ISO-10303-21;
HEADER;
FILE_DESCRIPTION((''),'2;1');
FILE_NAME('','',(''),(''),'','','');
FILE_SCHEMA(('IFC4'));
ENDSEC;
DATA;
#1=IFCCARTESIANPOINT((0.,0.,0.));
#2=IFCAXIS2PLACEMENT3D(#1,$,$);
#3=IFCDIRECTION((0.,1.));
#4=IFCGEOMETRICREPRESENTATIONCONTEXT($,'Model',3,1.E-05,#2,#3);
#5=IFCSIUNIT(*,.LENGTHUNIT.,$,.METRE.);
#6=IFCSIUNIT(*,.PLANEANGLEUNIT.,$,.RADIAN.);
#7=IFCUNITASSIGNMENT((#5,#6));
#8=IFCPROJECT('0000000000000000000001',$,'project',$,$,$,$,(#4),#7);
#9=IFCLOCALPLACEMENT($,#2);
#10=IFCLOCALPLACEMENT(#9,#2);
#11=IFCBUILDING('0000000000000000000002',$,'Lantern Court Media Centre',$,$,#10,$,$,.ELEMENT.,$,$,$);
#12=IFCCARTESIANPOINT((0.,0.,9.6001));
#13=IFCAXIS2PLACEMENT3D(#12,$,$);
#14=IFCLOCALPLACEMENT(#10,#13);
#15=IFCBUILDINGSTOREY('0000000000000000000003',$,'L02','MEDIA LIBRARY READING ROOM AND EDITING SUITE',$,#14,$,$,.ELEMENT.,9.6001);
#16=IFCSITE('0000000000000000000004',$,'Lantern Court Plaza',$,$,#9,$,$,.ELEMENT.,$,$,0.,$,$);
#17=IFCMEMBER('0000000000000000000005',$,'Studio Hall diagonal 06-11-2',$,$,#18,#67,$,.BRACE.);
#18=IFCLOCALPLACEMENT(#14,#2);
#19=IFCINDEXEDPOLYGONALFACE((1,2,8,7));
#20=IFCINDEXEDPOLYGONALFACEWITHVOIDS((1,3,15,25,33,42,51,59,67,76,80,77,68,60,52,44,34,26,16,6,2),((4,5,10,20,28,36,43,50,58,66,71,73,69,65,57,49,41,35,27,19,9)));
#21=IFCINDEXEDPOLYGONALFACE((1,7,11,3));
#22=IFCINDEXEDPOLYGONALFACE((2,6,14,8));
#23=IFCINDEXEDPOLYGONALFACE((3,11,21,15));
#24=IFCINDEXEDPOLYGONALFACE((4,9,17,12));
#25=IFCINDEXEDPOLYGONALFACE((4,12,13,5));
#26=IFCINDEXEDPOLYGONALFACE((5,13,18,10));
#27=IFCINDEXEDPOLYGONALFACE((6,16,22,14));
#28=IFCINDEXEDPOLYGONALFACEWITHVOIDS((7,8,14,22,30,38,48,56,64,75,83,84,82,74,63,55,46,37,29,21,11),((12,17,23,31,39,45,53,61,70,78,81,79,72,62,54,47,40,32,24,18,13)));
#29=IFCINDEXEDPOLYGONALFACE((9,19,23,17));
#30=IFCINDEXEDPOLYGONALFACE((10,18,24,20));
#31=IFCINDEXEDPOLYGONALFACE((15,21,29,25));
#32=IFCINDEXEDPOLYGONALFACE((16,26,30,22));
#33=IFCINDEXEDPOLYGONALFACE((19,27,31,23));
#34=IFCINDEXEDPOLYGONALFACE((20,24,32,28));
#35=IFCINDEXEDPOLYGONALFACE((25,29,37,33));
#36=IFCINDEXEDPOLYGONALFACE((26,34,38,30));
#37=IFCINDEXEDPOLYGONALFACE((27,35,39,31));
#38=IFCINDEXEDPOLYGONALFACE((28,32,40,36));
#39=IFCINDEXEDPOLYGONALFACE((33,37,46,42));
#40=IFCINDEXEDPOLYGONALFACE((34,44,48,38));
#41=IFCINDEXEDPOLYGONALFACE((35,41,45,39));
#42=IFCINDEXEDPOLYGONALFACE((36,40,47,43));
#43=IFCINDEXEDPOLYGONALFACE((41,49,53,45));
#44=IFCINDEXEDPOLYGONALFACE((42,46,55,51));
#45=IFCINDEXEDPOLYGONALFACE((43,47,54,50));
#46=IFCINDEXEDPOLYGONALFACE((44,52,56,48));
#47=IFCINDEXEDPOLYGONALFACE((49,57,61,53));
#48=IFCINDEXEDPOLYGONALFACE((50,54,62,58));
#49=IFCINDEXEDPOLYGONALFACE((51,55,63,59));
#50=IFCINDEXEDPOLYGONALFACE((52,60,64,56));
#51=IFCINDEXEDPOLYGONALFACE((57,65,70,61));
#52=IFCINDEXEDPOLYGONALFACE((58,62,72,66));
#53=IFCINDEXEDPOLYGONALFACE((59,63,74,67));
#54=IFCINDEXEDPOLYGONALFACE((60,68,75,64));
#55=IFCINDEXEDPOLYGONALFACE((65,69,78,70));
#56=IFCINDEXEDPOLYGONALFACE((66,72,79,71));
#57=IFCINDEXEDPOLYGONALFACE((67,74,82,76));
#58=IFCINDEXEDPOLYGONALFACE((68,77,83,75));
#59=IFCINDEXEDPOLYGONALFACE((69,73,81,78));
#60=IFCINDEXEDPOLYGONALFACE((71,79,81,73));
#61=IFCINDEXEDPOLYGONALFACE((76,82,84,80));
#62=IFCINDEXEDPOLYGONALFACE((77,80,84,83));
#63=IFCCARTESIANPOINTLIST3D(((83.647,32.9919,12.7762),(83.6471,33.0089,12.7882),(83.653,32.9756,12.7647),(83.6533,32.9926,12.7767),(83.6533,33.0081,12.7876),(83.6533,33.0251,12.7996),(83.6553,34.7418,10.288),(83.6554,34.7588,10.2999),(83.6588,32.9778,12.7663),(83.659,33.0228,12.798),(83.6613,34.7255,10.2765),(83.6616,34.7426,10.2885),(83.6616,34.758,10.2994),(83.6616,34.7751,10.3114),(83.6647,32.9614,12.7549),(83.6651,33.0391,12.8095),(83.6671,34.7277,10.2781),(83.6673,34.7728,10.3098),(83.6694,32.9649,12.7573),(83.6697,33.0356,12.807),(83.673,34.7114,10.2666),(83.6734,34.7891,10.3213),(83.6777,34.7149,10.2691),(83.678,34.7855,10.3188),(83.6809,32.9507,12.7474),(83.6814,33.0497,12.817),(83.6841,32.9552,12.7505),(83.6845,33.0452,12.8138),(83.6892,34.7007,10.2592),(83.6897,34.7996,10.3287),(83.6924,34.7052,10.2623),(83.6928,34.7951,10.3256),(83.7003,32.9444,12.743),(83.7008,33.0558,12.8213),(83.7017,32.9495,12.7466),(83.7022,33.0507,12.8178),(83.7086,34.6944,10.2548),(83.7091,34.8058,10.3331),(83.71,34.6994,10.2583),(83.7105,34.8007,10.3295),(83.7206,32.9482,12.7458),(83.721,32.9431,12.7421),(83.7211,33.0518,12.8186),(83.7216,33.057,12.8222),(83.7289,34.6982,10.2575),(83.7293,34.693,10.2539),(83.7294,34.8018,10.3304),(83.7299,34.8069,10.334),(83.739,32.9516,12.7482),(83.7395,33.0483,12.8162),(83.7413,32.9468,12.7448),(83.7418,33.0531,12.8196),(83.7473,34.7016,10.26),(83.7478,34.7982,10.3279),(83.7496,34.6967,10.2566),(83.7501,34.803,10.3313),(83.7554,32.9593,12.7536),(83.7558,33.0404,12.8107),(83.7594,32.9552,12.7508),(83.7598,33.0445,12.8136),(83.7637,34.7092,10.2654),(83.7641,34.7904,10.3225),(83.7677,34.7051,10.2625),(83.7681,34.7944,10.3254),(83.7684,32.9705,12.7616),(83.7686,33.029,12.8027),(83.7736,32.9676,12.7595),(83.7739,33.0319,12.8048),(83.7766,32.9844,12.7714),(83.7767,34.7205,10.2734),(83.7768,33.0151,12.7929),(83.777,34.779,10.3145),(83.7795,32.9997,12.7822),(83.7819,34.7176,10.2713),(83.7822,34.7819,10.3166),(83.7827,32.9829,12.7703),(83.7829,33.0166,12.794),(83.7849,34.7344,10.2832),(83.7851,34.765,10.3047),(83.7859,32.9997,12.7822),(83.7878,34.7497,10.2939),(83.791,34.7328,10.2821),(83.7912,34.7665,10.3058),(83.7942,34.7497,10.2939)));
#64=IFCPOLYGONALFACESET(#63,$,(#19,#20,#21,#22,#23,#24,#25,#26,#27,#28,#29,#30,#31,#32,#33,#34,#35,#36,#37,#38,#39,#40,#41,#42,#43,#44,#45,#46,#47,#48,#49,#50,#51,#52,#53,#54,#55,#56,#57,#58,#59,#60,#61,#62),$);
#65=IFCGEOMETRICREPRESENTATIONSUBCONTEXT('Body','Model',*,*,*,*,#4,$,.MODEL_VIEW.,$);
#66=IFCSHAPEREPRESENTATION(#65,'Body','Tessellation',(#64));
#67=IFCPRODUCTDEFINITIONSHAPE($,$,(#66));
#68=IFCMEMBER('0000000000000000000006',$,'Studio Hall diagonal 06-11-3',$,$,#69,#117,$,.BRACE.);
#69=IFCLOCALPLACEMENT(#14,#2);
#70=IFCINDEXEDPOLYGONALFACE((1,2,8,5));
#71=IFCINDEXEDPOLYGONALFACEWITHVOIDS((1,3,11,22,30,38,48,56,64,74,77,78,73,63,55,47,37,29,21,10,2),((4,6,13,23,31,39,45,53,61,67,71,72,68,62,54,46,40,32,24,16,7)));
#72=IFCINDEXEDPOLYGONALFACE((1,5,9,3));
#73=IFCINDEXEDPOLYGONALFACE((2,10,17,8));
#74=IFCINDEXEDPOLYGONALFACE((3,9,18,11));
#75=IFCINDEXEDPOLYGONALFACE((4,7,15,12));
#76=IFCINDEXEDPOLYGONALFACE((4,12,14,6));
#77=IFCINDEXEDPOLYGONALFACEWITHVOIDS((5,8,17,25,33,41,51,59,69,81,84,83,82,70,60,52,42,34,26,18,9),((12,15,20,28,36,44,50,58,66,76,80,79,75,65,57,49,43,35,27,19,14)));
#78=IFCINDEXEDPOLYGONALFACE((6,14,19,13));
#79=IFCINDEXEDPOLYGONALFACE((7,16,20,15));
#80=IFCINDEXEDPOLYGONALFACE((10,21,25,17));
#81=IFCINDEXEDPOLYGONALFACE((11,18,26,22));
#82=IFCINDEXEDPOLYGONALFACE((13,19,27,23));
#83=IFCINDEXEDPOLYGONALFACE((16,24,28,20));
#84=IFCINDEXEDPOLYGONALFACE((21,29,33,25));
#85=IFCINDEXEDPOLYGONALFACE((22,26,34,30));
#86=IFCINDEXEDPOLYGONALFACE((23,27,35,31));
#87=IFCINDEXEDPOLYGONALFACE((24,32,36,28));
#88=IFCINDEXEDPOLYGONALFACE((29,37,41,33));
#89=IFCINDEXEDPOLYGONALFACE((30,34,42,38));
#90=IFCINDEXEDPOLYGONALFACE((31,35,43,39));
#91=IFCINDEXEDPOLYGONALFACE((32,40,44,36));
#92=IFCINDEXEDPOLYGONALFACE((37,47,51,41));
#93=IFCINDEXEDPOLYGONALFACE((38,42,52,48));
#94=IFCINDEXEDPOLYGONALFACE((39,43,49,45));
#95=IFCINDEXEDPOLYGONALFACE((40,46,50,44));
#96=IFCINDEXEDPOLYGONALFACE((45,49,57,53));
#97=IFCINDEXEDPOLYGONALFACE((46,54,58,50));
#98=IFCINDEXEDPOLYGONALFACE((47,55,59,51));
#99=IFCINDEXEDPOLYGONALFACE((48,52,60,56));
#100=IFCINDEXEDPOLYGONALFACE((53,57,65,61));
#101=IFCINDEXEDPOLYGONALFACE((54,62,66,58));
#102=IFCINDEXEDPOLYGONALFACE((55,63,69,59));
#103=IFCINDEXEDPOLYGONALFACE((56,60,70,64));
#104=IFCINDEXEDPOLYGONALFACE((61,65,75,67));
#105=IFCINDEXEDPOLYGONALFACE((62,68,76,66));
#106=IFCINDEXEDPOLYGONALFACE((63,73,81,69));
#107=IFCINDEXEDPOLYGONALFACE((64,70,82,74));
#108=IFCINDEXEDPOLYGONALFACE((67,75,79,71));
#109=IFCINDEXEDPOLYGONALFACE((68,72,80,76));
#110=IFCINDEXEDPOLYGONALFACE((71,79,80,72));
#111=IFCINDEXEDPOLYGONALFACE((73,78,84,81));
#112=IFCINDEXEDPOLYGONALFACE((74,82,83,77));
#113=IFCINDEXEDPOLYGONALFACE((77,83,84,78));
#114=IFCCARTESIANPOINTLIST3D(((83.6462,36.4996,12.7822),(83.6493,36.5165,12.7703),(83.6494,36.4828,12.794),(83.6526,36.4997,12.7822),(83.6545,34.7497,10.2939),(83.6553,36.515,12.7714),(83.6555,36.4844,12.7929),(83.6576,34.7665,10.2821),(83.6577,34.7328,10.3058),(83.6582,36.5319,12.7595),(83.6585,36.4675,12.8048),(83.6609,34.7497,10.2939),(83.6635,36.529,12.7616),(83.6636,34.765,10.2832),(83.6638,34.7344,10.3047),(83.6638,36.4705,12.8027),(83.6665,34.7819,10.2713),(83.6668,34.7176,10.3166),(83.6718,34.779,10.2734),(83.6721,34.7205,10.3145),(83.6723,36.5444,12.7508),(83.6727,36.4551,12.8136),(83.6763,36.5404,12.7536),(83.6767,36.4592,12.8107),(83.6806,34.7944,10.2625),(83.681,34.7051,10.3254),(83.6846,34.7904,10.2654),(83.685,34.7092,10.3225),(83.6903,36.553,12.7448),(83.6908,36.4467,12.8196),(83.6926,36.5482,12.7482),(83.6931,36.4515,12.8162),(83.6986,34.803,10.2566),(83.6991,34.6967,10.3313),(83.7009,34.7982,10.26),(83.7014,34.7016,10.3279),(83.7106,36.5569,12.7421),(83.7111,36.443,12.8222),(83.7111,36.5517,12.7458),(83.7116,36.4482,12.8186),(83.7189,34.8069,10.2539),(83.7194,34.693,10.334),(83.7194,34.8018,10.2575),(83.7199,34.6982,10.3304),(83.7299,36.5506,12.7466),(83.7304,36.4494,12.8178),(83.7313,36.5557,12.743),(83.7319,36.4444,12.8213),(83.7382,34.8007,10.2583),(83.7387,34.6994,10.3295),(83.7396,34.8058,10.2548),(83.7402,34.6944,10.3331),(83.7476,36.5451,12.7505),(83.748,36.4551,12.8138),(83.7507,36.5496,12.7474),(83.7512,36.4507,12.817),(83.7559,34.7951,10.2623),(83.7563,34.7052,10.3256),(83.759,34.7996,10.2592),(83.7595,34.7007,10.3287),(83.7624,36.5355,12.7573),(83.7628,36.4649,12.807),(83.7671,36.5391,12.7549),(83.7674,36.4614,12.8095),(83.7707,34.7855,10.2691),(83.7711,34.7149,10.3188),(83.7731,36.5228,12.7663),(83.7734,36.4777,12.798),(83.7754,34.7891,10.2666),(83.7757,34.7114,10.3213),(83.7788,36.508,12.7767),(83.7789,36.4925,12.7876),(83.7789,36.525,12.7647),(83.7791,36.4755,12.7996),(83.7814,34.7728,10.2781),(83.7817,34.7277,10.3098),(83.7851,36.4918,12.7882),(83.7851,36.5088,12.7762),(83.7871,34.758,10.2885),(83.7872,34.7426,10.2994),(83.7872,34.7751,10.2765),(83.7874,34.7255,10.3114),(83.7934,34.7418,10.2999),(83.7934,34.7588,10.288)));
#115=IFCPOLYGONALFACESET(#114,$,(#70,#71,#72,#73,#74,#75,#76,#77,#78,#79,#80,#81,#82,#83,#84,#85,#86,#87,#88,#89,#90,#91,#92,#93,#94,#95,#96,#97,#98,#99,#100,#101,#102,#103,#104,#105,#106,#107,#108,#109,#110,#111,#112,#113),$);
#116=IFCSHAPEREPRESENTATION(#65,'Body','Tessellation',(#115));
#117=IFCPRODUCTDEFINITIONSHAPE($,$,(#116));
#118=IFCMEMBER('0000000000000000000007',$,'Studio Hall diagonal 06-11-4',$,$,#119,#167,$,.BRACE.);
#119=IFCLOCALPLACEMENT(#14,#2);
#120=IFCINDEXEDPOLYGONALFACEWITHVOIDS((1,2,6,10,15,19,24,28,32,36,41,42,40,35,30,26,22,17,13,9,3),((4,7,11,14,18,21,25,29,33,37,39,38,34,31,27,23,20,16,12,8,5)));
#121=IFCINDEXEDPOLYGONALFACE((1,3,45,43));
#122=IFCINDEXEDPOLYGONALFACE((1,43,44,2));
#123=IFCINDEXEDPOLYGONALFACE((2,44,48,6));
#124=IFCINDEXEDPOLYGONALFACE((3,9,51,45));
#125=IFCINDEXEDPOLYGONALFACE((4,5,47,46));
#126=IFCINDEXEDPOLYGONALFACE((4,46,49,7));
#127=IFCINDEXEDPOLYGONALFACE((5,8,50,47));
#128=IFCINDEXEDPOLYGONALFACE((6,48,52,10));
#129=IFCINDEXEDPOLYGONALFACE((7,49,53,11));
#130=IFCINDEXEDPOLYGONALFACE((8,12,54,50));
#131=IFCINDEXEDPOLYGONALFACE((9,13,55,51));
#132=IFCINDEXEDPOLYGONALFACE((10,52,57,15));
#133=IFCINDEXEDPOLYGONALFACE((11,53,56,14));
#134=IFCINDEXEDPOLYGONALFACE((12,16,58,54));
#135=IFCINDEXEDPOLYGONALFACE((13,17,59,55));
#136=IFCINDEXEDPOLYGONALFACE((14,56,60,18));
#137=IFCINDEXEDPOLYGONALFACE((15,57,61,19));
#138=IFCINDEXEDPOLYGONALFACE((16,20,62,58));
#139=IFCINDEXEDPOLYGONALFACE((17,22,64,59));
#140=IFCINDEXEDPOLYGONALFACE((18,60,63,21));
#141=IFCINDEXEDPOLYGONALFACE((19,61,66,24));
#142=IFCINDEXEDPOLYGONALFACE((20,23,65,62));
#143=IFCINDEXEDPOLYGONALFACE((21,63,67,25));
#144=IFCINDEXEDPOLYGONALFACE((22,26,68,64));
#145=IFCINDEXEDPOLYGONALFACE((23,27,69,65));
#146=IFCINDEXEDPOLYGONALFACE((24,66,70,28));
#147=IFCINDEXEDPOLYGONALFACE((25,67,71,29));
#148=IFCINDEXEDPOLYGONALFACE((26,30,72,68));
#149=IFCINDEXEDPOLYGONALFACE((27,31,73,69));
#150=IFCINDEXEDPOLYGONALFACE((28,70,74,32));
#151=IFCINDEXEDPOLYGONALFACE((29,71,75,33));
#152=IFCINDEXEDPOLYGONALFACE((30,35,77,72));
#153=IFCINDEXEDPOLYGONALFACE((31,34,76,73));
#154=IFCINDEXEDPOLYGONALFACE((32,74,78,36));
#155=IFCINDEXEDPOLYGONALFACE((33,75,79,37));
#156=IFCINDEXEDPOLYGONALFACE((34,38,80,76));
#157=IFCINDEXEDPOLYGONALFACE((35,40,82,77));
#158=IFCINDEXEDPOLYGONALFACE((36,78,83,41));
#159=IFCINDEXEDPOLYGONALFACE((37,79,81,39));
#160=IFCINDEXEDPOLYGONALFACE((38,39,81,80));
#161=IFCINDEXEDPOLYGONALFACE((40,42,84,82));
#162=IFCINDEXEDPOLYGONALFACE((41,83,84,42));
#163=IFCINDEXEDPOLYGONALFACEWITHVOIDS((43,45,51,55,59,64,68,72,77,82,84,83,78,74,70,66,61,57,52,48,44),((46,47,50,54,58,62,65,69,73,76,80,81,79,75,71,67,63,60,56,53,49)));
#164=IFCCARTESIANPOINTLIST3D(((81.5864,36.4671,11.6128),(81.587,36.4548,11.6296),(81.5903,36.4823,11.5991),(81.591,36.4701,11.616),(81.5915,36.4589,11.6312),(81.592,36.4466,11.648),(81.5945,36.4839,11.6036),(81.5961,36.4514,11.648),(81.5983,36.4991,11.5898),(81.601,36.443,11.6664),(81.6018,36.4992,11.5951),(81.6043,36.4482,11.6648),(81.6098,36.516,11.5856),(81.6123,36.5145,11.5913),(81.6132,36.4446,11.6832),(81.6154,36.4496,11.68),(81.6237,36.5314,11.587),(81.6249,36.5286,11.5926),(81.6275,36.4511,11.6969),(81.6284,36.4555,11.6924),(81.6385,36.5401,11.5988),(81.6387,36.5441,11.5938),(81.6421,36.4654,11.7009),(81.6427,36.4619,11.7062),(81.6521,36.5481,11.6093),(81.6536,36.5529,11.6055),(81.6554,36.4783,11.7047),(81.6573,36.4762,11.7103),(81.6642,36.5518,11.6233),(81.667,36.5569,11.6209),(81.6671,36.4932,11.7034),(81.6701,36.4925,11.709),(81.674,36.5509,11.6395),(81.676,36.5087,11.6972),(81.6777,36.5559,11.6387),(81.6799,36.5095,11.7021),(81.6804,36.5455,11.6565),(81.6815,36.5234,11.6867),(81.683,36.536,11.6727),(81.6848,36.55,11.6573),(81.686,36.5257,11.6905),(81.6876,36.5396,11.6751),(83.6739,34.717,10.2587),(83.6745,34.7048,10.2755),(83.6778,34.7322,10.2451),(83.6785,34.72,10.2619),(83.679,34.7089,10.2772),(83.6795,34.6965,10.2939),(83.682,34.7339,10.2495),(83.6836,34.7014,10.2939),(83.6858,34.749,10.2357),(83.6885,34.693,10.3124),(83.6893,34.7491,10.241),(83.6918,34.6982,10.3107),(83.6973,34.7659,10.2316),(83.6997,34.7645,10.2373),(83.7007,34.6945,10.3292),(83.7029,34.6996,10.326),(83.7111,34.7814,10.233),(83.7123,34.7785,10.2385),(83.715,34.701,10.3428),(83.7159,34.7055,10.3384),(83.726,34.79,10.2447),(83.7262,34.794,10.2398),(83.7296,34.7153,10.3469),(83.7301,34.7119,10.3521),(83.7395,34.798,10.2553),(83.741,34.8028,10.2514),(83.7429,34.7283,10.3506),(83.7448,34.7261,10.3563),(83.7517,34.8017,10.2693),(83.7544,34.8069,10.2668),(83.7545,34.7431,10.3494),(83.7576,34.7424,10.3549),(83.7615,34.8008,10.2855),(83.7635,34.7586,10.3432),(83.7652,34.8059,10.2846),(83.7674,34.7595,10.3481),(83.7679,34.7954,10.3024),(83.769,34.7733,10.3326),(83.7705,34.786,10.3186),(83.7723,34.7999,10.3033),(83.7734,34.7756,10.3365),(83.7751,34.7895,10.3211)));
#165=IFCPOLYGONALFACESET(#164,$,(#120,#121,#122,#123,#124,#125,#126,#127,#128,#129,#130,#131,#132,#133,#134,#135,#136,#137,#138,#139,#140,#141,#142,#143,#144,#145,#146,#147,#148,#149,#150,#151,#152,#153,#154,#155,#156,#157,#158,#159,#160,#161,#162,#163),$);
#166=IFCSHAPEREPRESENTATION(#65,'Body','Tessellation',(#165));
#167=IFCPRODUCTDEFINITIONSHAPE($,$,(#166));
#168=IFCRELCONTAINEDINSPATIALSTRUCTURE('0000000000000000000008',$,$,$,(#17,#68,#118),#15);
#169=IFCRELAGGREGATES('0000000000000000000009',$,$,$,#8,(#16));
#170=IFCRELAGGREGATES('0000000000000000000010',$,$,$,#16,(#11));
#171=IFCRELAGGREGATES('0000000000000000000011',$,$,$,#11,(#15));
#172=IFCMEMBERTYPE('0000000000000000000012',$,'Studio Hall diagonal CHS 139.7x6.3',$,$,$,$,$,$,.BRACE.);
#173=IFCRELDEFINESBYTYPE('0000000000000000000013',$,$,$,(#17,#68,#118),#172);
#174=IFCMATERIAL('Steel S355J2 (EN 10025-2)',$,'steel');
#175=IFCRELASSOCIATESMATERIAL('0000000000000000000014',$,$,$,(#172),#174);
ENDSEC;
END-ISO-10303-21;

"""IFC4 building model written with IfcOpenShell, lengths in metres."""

from ifc_helpers import new_model, si_unit, direction, frame, origin, origin_2d, place, context, subcontext, project, spatial, hollow_circle, extrude, material, material_profile, profile_set, type_object, element, save


model = new_model("IFC4")

# Units and contexts
model_context = context("Model", 3, precision=1e-05, world=origin(), true_north=direction((0.0, 1.0)))
body_context = subcontext(model_context, "Body", "Model", "MODEL_VIEW")
ifc_project = project(units=[si_unit("LENGTHUNIT", "METRE"), si_unit("PLANEANGLEUNIT", "RADIAN")], contexts=[model_context])

# Site, building, storey
site_placement = place(None, origin())
site = spatial("IfcSite", under=ifc_project, at=site_placement, Name="Lantern Court Plaza", CompositionType="ELEMENT", RefElevation=0.0)
building_placement = place(site_placement, origin())
building = spatial("IfcBuilding", under=site, at=building_placement, Name="Lantern Court Media Centre", CompositionType="ELEMENT")
storey_placement = place(building_placement, frame((0.0, 0.0, 9.6001)))
storey = spatial("IfcBuildingStorey", under=building, at=storey_placement, Name="L02", Description="MEDIA LIBRARY READING ROOM AND EDITING SUITE", CompositionType="ELEMENT", Elevation=9.6001)

# Members
ifc_material = material(Name="Steel S355J2 (EN 10025-2)", Category="steel")
ifc_material_profile_1 = material_profile(ifc_material, hollow_circle(Radius=0.0698, WallThickness=0.0063, at=origin_2d()), Name="Studio Hall diagonal CHS 139.7x6.3")
ifc_profile_set_1 = profile_set([ifc_material_profile_1], Name="Steel S355J2 (EN 10025-2)")
member_type_1 = type_object("IfcMemberType", Name="Studio Hall diagonal CHS 139.7x6.3", PredefinedType="BRACE", material=ifc_profile_set_1)
for number, where, z_axis, x_axis, name in (
    (1, (83.7244, 34.75, 10.2939), (-0.002729, -0.575269, 0.81796), (0.999989, -0.004743, 0.0), "Studio Hall diagonal 06-11-2"),
    (2, (83.7244, 34.75, 10.2939), (-0.002729, 0.575269, 0.81796), (-0.999989, -0.004743, 0.0), "Studio Hall diagonal 06-11-3"),
    (3, (83.7244, 34.75, 10.2939), (-0.68622, 0.575301, 0.44512), (-0.642456, -0.766322, 0.0), "Studio Hall diagonal 06-11-4"),
):
    element("IfcMember", number, at=place(storey_placement, frame(where, z_axis=z_axis, x_axis=x_axis)), inside=storey, type_object=member_type_1, Name=name, PredefinedType="BRACE", context=body_context, shape_type="SweptSolid", body=[
        extrude(hollow_circle(Radius=0.0698, WallThickness=0.0063, at=origin_2d()), origin(), (0.0, 0.0, 1.0), 3.042),
    ])

save(model, "model.ifc")
